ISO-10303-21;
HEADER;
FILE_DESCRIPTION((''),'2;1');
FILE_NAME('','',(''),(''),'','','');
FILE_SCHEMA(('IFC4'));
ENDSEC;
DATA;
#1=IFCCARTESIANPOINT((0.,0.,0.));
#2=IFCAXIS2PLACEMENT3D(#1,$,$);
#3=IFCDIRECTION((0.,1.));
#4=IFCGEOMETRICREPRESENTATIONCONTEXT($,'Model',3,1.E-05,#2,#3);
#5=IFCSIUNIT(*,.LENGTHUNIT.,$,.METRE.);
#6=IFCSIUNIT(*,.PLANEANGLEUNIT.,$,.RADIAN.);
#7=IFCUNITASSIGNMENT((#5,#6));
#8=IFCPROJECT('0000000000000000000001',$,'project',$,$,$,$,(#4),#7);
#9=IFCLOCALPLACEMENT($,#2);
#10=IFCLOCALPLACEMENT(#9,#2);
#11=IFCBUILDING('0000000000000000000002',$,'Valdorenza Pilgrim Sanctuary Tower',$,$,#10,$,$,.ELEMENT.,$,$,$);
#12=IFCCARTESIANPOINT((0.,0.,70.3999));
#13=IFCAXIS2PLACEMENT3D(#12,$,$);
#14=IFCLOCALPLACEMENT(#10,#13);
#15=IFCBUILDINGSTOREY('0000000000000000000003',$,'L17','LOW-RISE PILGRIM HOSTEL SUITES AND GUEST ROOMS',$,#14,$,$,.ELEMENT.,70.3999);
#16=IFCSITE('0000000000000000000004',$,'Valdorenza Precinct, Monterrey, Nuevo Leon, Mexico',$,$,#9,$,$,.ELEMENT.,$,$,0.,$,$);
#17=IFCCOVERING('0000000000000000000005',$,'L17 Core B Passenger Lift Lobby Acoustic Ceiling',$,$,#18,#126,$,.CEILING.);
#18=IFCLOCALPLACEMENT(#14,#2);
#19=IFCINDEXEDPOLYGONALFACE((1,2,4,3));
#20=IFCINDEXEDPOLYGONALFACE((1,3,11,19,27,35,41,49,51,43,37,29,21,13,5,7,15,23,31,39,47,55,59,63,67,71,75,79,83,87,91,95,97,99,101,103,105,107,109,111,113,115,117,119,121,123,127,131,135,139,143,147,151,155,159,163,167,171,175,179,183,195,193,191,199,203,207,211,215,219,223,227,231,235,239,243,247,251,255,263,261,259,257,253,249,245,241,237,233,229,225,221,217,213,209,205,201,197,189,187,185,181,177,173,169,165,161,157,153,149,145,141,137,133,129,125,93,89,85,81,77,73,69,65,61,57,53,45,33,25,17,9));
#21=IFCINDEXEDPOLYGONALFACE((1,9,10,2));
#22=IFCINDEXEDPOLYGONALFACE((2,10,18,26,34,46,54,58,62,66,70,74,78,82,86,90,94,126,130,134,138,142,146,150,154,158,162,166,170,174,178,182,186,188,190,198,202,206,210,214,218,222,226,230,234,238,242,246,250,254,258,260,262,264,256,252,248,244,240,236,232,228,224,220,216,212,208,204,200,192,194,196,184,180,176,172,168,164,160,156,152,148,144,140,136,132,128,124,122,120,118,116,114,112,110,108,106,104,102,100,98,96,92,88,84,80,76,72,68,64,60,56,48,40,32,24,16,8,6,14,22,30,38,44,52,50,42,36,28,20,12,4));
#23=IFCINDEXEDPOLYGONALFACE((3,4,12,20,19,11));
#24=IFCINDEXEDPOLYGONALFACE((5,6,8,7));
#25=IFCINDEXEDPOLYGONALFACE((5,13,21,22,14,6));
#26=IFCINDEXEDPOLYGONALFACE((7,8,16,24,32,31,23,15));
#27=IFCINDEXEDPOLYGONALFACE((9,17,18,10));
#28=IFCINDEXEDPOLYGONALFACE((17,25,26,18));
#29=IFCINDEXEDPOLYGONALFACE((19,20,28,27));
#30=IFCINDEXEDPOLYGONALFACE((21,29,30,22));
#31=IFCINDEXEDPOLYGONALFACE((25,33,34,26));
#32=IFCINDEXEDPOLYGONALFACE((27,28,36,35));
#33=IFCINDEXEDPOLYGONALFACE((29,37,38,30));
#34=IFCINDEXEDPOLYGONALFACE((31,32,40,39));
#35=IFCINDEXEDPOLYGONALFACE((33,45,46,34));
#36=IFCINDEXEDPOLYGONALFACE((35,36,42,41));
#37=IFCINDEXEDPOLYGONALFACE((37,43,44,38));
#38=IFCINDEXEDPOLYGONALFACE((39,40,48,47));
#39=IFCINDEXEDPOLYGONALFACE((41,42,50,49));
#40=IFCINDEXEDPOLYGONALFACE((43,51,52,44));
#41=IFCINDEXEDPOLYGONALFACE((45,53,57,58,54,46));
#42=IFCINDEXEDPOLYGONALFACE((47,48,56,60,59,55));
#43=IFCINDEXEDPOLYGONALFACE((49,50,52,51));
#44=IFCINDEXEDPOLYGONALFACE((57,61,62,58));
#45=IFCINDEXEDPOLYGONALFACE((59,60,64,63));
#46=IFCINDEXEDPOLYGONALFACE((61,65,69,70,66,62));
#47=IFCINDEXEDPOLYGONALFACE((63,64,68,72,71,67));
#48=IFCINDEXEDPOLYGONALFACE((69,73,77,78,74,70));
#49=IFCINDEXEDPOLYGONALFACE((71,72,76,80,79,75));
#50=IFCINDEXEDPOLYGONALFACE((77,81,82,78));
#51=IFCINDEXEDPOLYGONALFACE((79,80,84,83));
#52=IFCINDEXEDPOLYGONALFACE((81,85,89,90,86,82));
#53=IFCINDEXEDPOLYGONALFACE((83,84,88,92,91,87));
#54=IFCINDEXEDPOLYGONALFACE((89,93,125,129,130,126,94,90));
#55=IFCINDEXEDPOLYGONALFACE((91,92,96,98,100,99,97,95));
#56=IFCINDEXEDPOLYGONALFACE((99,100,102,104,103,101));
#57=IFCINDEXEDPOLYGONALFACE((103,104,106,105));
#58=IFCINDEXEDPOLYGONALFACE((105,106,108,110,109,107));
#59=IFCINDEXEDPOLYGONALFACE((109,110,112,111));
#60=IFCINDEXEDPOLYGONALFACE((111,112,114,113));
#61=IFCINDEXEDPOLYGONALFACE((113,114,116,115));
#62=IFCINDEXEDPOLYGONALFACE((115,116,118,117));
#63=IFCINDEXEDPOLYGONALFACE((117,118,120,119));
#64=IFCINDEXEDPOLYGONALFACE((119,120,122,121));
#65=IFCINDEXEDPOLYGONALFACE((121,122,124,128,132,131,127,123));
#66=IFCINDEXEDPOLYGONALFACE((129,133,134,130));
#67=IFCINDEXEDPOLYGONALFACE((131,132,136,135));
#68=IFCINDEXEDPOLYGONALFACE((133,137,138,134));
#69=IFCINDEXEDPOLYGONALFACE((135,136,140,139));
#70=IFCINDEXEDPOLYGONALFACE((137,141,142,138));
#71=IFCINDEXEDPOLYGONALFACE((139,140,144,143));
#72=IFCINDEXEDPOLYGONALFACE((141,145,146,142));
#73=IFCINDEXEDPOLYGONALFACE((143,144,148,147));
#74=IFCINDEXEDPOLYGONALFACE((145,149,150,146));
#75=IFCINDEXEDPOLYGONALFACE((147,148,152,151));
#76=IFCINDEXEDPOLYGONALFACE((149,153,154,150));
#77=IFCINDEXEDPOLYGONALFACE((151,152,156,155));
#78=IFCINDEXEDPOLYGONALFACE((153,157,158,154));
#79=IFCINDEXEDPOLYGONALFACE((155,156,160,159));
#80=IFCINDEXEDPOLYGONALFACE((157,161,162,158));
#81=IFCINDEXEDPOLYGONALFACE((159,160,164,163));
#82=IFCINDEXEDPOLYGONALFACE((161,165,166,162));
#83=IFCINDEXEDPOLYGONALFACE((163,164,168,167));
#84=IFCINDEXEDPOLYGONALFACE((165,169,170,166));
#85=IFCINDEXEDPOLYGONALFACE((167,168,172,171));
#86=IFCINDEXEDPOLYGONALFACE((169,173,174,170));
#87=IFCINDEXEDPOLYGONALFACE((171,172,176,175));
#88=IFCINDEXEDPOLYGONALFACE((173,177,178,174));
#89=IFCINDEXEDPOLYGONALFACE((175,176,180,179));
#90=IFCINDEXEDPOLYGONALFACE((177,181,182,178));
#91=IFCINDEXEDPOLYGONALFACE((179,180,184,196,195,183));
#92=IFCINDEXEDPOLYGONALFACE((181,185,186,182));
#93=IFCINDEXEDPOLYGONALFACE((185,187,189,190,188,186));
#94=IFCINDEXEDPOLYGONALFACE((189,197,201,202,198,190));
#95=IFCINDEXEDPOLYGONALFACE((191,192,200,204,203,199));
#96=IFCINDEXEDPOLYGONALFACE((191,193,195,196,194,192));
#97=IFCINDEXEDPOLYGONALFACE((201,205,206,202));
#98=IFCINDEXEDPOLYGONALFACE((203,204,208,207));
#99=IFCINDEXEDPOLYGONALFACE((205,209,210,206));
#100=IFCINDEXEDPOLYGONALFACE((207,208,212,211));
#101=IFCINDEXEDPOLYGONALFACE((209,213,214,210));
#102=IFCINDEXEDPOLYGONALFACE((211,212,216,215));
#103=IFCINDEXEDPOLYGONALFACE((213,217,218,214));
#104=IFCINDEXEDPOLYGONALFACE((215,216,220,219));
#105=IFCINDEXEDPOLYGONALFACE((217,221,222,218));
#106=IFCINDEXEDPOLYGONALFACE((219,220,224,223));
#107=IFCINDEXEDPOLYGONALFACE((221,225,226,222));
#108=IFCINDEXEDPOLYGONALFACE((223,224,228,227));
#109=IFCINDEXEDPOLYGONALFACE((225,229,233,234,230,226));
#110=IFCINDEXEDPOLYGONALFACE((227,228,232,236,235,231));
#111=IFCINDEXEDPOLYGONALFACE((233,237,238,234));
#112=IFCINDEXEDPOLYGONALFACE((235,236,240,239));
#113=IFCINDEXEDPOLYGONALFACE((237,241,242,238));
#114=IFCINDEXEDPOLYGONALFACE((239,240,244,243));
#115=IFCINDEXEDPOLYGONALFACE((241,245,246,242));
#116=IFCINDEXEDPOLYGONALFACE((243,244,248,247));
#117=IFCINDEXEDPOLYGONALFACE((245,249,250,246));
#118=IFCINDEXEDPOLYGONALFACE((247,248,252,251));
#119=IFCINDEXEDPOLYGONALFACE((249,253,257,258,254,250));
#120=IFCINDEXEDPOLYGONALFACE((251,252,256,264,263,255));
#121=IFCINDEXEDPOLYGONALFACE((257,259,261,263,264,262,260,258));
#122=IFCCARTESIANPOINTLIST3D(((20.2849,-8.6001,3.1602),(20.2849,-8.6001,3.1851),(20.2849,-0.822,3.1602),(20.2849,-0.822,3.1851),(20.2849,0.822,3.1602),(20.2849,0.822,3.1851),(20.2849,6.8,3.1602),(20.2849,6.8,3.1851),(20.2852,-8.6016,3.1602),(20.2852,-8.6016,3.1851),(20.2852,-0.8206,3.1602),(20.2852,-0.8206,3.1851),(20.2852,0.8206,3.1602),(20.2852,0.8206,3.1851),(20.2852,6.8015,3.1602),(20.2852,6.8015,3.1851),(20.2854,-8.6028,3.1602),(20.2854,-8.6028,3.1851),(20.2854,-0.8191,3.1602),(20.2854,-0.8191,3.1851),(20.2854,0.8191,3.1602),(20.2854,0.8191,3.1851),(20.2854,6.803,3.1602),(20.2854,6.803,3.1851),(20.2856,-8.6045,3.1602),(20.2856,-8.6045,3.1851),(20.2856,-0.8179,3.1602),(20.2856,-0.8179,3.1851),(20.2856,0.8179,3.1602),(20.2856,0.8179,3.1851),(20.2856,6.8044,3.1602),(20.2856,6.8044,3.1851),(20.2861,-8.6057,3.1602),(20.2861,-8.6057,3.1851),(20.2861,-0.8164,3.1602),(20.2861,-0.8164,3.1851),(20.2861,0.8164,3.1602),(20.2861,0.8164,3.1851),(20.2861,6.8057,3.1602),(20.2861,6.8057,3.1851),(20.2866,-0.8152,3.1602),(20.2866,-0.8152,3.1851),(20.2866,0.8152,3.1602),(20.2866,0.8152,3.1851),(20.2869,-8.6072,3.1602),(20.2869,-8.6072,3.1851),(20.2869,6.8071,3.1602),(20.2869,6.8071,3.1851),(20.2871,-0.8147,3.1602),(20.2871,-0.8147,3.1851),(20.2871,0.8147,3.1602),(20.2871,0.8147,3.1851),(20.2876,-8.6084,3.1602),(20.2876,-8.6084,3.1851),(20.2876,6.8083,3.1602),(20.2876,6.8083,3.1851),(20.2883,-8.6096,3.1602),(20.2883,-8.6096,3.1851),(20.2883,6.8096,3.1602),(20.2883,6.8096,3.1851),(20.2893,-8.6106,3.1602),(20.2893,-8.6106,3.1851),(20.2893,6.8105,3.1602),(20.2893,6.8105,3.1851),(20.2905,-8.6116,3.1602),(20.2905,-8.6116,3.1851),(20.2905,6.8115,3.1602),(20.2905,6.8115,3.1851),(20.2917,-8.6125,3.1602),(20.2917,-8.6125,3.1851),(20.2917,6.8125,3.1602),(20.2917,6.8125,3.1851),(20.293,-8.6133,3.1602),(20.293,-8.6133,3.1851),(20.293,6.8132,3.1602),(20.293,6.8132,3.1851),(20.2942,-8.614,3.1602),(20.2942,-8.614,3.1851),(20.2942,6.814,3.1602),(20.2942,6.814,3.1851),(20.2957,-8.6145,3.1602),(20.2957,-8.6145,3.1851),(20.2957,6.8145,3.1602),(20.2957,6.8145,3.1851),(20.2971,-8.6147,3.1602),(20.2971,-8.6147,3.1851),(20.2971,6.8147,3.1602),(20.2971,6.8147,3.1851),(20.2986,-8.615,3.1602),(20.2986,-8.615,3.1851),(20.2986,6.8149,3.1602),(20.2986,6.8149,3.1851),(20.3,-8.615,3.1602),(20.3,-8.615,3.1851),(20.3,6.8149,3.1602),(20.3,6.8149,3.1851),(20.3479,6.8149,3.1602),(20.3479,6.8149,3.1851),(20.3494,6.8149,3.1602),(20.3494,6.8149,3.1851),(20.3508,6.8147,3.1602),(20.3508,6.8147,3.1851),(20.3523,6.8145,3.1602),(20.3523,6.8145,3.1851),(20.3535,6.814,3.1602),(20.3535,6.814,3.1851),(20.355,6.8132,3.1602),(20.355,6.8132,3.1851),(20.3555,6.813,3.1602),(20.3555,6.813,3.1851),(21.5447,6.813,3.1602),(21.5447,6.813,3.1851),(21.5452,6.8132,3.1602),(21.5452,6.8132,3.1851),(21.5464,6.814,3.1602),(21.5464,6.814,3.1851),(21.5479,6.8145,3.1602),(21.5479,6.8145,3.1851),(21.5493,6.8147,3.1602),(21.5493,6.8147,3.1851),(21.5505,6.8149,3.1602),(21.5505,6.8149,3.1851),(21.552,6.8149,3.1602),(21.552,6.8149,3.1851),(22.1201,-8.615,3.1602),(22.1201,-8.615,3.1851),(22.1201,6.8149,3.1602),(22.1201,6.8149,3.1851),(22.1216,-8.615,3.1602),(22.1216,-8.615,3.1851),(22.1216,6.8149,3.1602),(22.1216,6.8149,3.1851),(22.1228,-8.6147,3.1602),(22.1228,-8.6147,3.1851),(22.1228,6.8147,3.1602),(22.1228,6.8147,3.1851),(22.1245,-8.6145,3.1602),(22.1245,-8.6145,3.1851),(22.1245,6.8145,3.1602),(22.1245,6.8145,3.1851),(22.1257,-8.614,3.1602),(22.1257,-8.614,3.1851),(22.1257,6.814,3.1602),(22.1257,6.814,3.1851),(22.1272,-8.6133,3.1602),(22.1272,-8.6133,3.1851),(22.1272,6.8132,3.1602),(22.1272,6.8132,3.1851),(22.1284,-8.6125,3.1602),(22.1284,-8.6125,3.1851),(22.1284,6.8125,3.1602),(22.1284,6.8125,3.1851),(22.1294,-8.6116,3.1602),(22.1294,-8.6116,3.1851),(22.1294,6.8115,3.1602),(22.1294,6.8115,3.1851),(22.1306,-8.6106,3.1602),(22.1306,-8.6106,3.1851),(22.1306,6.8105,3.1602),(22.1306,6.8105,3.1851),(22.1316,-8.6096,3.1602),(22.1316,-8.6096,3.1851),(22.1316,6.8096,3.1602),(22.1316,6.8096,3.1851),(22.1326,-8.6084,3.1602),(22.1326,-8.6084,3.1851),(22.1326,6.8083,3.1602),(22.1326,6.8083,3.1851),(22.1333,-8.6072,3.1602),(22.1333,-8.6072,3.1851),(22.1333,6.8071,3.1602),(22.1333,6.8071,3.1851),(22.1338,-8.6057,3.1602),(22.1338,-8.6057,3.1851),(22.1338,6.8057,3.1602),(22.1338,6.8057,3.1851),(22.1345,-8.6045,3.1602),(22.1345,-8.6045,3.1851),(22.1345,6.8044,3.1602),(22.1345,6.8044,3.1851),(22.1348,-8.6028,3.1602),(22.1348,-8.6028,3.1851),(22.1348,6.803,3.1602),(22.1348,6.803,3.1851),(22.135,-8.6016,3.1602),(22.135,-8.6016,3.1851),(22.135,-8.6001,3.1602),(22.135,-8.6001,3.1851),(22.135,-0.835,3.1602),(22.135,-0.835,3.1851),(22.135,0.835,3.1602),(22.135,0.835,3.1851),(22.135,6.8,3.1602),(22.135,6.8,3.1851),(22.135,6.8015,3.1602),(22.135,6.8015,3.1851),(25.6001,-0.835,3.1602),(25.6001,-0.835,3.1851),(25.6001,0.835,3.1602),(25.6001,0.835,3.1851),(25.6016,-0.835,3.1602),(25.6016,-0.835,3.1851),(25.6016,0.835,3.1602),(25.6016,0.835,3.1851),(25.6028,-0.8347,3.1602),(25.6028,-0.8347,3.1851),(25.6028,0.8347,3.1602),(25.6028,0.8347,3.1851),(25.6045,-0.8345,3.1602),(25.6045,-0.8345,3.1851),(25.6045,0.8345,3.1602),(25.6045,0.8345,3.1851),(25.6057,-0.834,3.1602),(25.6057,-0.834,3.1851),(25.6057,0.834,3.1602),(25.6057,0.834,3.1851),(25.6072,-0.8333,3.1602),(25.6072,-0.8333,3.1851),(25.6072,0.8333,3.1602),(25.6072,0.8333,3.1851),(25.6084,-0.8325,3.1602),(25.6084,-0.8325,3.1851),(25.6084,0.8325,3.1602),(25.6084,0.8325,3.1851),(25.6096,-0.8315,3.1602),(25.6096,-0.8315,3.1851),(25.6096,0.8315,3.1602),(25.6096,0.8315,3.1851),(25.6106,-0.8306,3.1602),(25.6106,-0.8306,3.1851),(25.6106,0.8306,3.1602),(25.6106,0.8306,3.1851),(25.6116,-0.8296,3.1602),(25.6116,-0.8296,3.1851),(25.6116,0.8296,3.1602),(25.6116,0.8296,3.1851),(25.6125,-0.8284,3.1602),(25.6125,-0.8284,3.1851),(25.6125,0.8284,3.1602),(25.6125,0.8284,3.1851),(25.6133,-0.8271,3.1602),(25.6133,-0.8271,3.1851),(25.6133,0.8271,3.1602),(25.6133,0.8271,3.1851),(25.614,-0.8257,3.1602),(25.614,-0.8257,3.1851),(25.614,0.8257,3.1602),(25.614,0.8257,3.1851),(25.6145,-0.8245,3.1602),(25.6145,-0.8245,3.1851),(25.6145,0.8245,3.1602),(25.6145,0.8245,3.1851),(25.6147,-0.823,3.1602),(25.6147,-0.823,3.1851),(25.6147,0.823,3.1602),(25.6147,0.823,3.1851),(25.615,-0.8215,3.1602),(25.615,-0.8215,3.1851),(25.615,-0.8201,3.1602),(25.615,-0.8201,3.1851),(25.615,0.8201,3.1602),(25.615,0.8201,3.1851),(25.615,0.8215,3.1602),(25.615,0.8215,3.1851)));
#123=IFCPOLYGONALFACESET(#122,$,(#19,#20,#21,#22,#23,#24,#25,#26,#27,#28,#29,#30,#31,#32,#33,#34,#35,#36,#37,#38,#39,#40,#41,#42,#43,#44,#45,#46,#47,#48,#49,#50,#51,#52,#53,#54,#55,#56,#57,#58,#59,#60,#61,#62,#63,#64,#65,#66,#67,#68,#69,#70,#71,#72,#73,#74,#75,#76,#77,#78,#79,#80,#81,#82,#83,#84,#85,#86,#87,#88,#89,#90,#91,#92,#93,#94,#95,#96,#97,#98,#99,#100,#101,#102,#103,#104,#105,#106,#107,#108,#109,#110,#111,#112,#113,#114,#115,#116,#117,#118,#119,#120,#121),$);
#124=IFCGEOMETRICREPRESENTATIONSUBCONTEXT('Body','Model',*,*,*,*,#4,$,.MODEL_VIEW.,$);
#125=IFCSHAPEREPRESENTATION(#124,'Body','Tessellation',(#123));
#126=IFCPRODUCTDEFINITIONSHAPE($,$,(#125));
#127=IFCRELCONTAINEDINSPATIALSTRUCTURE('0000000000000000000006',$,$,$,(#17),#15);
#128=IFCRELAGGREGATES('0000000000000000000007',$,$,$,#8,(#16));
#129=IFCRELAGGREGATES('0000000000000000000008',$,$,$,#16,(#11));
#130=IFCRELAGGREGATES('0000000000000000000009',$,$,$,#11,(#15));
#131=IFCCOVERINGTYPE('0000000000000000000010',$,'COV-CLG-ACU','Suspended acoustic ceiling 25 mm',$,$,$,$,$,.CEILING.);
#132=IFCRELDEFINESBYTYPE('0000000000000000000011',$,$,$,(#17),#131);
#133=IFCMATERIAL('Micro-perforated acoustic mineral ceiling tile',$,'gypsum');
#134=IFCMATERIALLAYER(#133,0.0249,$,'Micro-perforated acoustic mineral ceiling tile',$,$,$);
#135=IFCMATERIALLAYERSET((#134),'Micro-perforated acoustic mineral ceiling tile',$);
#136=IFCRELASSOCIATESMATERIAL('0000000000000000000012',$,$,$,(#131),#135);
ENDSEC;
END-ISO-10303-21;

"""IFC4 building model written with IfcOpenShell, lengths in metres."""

from ifc_helpers import new_model, si_unit, direction, frame, origin, place, context, subcontext, project, spatial, polyline, outline, extrude, material, layer, layer_set, type_object, element, save


model = new_model("IFC4")

# Units and contexts
model_context = context("Model", 3, precision=1e-05, world=origin(), true_north=direction((0.0, 1.0)))
body_context = subcontext(model_context, "Body", "Model", "MODEL_VIEW")
ifc_project = project(units=[si_unit("LENGTHUNIT", "METRE"), si_unit("PLANEANGLEUNIT", "RADIAN")], contexts=[model_context])

# Site, building, storey
site_placement = place(None, origin())
site = spatial("IfcSite", under=ifc_project, at=site_placement, Name="Valdorenza Precinct, Monterrey, Nuevo Leon, Mexico", CompositionType="ELEMENT", RefElevation=0.0)
building_placement = place(site_placement, origin())
building = spatial("IfcBuilding", under=site, at=building_placement, Name="Valdorenza Pilgrim Sanctuary Tower", CompositionType="ELEMENT")
storey_placement = place(building_placement, frame((0.0, 0.0, 70.3999)))
storey = spatial("IfcBuildingStorey", under=building, at=storey_placement, Name="L17", Description="LOW-RISE PILGRIM HOSTEL SUITES AND GUEST ROOMS", CompositionType="ELEMENT", Elevation=70.3999)

# Covering
ifc_material_1 = material(Name="Micro-perforated acoustic mineral ceiling tile", Category="gypsum")
ifc_layer_1 = layer(ifc_material_1, 0.0249, Name="Micro-perforated acoustic mineral ceiling tile")
ifc_layer_set_1 = layer_set([ifc_layer_1], Name="Micro-perforated acoustic mineral ceiling tile")
covering_type_1 = type_object("IfcCoveringType", Name="COV-CLG-ACU", Description="Suspended acoustic ceiling 25 mm", PredefinedType="CEILING", material=ifc_layer_set_1)
covering_1_placement = place(storey_placement, frame((0.0, 0.0, 3.1602)))
element("IfcCovering", 1, at=covering_1_placement, inside=storey, type_object=covering_type_1, Name="L17 Core B Passenger Lift Lobby Acoustic Ceiling", PredefinedType="CEILING", context=body_context, shape_type="SweptSolid", body=[
    extrude(outline(polyline([(20.2871, -0.8147), (20.2871, 0.8147), (20.2866, 0.8152), (20.2861, 0.8164), (20.2856, 0.8179), (20.2854, 0.8191), (20.2852, 0.8206), (20.2849, 0.822), (20.2849, 6.8), (20.2852, 6.8015), (20.2854, 6.803), (20.2856, 6.8044), (20.2861, 6.8057), (20.2869, 6.8071), (20.2876, 6.8083), (20.2883, 6.8096), (20.2893, 6.8105), (20.2905, 6.8115), (20.2917, 6.8125), (20.293, 6.8132), (20.2942, 6.814), (20.2957, 6.8145), (20.2971, 6.8147), (20.2986, 6.8149), (20.3, 6.8149), (20.3479, 6.8149), (20.3494, 6.8149), (20.3508, 6.8147), (20.3523, 6.8145), (20.3535, 6.814), (20.355, 6.8132), (20.3555, 6.813), (21.5447, 6.813), (21.5452, 6.8132), (21.5464, 6.814), (21.5479, 6.8145), (21.5493, 6.8147), (21.5505, 6.8149), (21.552, 6.8149), (22.1201, 6.8149), (22.1216, 6.8149), (22.1228, 6.8147), (22.1245, 6.8145), (22.1257, 6.814), (22.1272, 6.8132), (22.1284, 6.8125), (22.1294, 6.8115), (22.1306, 6.8105), (22.1316, 6.8096), (22.1326, 6.8083), (22.1333, 6.8071), (22.1338, 6.8057), (22.1345, 6.8044), (22.1348, 6.803), (22.135, 6.8015), (22.135, 6.8), (22.135, 0.835), (25.6001, 0.835), (25.6016, 0.835), (25.6028, 0.8347), (25.6045, 0.8345), (25.6057, 0.834), (25.6072, 0.8333), (25.6084, 0.8325), (25.6096, 0.8315), (25.6106, 0.8306), (25.6116, 0.8296), (25.6125, 0.8284), (25.6133, 0.8271), (25.614, 0.8257), (25.6145, 0.8245), (25.6147, 0.823), (25.615, 0.8215), (25.615, 0.8201), (25.615, -0.8201), (25.615, -0.8215), (25.6147, -0.823), (25.6145, -0.8245), (25.614, -0.8257), (25.6133, -0.8271), (25.6125, -0.8284), (25.6116, -0.8296), (25.6106, -0.8306), (25.6096, -0.8315), (25.6084, -0.8325), (25.6072, -0.8333), (25.6057, -0.834), (25.6045, -0.8345), (25.6028, -0.8347), (25.6016, -0.835), (25.6001, -0.835), (22.135, -0.835), (22.135, -8.6001), (22.135, -8.6016), (22.1348, -8.6028), (22.1345, -8.6045), (22.1338, -8.6057), (22.1333, -8.6072), (22.1326, -8.6084), (22.1316, -8.6096), (22.1306, -8.6106), (22.1294, -8.6116), (22.1284, -8.6125), (22.1272, -8.6133), (22.1257, -8.614), (22.1245, -8.6145), (22.1228, -8.6147), (22.1216, -8.615), (22.1201, -8.615), (20.3, -8.615), (20.2986, -8.615), (20.2971, -8.6147), (20.2957, -8.6145), (20.2942, -8.614), (20.293, -8.6133), (20.2917, -8.6125), (20.2905, -8.6116), (20.2893, -8.6106), (20.2883, -8.6096), (20.2876, -8.6084), (20.2869, -8.6072), (20.2861, -8.6057), (20.2856, -8.6045), (20.2854, -8.6028), (20.2852, -8.6016), (20.2849, -8.6001), (20.2849, -0.822), (20.2852, -0.8206), (20.2854, -0.8191), (20.2856, -0.8179), (20.2861, -0.8164), (20.2866, -0.8152), (20.2871, -0.8147)])), origin(), (0.0, 0.0, 1.0), 0.0249),
])

save(model, "model.ifc")
